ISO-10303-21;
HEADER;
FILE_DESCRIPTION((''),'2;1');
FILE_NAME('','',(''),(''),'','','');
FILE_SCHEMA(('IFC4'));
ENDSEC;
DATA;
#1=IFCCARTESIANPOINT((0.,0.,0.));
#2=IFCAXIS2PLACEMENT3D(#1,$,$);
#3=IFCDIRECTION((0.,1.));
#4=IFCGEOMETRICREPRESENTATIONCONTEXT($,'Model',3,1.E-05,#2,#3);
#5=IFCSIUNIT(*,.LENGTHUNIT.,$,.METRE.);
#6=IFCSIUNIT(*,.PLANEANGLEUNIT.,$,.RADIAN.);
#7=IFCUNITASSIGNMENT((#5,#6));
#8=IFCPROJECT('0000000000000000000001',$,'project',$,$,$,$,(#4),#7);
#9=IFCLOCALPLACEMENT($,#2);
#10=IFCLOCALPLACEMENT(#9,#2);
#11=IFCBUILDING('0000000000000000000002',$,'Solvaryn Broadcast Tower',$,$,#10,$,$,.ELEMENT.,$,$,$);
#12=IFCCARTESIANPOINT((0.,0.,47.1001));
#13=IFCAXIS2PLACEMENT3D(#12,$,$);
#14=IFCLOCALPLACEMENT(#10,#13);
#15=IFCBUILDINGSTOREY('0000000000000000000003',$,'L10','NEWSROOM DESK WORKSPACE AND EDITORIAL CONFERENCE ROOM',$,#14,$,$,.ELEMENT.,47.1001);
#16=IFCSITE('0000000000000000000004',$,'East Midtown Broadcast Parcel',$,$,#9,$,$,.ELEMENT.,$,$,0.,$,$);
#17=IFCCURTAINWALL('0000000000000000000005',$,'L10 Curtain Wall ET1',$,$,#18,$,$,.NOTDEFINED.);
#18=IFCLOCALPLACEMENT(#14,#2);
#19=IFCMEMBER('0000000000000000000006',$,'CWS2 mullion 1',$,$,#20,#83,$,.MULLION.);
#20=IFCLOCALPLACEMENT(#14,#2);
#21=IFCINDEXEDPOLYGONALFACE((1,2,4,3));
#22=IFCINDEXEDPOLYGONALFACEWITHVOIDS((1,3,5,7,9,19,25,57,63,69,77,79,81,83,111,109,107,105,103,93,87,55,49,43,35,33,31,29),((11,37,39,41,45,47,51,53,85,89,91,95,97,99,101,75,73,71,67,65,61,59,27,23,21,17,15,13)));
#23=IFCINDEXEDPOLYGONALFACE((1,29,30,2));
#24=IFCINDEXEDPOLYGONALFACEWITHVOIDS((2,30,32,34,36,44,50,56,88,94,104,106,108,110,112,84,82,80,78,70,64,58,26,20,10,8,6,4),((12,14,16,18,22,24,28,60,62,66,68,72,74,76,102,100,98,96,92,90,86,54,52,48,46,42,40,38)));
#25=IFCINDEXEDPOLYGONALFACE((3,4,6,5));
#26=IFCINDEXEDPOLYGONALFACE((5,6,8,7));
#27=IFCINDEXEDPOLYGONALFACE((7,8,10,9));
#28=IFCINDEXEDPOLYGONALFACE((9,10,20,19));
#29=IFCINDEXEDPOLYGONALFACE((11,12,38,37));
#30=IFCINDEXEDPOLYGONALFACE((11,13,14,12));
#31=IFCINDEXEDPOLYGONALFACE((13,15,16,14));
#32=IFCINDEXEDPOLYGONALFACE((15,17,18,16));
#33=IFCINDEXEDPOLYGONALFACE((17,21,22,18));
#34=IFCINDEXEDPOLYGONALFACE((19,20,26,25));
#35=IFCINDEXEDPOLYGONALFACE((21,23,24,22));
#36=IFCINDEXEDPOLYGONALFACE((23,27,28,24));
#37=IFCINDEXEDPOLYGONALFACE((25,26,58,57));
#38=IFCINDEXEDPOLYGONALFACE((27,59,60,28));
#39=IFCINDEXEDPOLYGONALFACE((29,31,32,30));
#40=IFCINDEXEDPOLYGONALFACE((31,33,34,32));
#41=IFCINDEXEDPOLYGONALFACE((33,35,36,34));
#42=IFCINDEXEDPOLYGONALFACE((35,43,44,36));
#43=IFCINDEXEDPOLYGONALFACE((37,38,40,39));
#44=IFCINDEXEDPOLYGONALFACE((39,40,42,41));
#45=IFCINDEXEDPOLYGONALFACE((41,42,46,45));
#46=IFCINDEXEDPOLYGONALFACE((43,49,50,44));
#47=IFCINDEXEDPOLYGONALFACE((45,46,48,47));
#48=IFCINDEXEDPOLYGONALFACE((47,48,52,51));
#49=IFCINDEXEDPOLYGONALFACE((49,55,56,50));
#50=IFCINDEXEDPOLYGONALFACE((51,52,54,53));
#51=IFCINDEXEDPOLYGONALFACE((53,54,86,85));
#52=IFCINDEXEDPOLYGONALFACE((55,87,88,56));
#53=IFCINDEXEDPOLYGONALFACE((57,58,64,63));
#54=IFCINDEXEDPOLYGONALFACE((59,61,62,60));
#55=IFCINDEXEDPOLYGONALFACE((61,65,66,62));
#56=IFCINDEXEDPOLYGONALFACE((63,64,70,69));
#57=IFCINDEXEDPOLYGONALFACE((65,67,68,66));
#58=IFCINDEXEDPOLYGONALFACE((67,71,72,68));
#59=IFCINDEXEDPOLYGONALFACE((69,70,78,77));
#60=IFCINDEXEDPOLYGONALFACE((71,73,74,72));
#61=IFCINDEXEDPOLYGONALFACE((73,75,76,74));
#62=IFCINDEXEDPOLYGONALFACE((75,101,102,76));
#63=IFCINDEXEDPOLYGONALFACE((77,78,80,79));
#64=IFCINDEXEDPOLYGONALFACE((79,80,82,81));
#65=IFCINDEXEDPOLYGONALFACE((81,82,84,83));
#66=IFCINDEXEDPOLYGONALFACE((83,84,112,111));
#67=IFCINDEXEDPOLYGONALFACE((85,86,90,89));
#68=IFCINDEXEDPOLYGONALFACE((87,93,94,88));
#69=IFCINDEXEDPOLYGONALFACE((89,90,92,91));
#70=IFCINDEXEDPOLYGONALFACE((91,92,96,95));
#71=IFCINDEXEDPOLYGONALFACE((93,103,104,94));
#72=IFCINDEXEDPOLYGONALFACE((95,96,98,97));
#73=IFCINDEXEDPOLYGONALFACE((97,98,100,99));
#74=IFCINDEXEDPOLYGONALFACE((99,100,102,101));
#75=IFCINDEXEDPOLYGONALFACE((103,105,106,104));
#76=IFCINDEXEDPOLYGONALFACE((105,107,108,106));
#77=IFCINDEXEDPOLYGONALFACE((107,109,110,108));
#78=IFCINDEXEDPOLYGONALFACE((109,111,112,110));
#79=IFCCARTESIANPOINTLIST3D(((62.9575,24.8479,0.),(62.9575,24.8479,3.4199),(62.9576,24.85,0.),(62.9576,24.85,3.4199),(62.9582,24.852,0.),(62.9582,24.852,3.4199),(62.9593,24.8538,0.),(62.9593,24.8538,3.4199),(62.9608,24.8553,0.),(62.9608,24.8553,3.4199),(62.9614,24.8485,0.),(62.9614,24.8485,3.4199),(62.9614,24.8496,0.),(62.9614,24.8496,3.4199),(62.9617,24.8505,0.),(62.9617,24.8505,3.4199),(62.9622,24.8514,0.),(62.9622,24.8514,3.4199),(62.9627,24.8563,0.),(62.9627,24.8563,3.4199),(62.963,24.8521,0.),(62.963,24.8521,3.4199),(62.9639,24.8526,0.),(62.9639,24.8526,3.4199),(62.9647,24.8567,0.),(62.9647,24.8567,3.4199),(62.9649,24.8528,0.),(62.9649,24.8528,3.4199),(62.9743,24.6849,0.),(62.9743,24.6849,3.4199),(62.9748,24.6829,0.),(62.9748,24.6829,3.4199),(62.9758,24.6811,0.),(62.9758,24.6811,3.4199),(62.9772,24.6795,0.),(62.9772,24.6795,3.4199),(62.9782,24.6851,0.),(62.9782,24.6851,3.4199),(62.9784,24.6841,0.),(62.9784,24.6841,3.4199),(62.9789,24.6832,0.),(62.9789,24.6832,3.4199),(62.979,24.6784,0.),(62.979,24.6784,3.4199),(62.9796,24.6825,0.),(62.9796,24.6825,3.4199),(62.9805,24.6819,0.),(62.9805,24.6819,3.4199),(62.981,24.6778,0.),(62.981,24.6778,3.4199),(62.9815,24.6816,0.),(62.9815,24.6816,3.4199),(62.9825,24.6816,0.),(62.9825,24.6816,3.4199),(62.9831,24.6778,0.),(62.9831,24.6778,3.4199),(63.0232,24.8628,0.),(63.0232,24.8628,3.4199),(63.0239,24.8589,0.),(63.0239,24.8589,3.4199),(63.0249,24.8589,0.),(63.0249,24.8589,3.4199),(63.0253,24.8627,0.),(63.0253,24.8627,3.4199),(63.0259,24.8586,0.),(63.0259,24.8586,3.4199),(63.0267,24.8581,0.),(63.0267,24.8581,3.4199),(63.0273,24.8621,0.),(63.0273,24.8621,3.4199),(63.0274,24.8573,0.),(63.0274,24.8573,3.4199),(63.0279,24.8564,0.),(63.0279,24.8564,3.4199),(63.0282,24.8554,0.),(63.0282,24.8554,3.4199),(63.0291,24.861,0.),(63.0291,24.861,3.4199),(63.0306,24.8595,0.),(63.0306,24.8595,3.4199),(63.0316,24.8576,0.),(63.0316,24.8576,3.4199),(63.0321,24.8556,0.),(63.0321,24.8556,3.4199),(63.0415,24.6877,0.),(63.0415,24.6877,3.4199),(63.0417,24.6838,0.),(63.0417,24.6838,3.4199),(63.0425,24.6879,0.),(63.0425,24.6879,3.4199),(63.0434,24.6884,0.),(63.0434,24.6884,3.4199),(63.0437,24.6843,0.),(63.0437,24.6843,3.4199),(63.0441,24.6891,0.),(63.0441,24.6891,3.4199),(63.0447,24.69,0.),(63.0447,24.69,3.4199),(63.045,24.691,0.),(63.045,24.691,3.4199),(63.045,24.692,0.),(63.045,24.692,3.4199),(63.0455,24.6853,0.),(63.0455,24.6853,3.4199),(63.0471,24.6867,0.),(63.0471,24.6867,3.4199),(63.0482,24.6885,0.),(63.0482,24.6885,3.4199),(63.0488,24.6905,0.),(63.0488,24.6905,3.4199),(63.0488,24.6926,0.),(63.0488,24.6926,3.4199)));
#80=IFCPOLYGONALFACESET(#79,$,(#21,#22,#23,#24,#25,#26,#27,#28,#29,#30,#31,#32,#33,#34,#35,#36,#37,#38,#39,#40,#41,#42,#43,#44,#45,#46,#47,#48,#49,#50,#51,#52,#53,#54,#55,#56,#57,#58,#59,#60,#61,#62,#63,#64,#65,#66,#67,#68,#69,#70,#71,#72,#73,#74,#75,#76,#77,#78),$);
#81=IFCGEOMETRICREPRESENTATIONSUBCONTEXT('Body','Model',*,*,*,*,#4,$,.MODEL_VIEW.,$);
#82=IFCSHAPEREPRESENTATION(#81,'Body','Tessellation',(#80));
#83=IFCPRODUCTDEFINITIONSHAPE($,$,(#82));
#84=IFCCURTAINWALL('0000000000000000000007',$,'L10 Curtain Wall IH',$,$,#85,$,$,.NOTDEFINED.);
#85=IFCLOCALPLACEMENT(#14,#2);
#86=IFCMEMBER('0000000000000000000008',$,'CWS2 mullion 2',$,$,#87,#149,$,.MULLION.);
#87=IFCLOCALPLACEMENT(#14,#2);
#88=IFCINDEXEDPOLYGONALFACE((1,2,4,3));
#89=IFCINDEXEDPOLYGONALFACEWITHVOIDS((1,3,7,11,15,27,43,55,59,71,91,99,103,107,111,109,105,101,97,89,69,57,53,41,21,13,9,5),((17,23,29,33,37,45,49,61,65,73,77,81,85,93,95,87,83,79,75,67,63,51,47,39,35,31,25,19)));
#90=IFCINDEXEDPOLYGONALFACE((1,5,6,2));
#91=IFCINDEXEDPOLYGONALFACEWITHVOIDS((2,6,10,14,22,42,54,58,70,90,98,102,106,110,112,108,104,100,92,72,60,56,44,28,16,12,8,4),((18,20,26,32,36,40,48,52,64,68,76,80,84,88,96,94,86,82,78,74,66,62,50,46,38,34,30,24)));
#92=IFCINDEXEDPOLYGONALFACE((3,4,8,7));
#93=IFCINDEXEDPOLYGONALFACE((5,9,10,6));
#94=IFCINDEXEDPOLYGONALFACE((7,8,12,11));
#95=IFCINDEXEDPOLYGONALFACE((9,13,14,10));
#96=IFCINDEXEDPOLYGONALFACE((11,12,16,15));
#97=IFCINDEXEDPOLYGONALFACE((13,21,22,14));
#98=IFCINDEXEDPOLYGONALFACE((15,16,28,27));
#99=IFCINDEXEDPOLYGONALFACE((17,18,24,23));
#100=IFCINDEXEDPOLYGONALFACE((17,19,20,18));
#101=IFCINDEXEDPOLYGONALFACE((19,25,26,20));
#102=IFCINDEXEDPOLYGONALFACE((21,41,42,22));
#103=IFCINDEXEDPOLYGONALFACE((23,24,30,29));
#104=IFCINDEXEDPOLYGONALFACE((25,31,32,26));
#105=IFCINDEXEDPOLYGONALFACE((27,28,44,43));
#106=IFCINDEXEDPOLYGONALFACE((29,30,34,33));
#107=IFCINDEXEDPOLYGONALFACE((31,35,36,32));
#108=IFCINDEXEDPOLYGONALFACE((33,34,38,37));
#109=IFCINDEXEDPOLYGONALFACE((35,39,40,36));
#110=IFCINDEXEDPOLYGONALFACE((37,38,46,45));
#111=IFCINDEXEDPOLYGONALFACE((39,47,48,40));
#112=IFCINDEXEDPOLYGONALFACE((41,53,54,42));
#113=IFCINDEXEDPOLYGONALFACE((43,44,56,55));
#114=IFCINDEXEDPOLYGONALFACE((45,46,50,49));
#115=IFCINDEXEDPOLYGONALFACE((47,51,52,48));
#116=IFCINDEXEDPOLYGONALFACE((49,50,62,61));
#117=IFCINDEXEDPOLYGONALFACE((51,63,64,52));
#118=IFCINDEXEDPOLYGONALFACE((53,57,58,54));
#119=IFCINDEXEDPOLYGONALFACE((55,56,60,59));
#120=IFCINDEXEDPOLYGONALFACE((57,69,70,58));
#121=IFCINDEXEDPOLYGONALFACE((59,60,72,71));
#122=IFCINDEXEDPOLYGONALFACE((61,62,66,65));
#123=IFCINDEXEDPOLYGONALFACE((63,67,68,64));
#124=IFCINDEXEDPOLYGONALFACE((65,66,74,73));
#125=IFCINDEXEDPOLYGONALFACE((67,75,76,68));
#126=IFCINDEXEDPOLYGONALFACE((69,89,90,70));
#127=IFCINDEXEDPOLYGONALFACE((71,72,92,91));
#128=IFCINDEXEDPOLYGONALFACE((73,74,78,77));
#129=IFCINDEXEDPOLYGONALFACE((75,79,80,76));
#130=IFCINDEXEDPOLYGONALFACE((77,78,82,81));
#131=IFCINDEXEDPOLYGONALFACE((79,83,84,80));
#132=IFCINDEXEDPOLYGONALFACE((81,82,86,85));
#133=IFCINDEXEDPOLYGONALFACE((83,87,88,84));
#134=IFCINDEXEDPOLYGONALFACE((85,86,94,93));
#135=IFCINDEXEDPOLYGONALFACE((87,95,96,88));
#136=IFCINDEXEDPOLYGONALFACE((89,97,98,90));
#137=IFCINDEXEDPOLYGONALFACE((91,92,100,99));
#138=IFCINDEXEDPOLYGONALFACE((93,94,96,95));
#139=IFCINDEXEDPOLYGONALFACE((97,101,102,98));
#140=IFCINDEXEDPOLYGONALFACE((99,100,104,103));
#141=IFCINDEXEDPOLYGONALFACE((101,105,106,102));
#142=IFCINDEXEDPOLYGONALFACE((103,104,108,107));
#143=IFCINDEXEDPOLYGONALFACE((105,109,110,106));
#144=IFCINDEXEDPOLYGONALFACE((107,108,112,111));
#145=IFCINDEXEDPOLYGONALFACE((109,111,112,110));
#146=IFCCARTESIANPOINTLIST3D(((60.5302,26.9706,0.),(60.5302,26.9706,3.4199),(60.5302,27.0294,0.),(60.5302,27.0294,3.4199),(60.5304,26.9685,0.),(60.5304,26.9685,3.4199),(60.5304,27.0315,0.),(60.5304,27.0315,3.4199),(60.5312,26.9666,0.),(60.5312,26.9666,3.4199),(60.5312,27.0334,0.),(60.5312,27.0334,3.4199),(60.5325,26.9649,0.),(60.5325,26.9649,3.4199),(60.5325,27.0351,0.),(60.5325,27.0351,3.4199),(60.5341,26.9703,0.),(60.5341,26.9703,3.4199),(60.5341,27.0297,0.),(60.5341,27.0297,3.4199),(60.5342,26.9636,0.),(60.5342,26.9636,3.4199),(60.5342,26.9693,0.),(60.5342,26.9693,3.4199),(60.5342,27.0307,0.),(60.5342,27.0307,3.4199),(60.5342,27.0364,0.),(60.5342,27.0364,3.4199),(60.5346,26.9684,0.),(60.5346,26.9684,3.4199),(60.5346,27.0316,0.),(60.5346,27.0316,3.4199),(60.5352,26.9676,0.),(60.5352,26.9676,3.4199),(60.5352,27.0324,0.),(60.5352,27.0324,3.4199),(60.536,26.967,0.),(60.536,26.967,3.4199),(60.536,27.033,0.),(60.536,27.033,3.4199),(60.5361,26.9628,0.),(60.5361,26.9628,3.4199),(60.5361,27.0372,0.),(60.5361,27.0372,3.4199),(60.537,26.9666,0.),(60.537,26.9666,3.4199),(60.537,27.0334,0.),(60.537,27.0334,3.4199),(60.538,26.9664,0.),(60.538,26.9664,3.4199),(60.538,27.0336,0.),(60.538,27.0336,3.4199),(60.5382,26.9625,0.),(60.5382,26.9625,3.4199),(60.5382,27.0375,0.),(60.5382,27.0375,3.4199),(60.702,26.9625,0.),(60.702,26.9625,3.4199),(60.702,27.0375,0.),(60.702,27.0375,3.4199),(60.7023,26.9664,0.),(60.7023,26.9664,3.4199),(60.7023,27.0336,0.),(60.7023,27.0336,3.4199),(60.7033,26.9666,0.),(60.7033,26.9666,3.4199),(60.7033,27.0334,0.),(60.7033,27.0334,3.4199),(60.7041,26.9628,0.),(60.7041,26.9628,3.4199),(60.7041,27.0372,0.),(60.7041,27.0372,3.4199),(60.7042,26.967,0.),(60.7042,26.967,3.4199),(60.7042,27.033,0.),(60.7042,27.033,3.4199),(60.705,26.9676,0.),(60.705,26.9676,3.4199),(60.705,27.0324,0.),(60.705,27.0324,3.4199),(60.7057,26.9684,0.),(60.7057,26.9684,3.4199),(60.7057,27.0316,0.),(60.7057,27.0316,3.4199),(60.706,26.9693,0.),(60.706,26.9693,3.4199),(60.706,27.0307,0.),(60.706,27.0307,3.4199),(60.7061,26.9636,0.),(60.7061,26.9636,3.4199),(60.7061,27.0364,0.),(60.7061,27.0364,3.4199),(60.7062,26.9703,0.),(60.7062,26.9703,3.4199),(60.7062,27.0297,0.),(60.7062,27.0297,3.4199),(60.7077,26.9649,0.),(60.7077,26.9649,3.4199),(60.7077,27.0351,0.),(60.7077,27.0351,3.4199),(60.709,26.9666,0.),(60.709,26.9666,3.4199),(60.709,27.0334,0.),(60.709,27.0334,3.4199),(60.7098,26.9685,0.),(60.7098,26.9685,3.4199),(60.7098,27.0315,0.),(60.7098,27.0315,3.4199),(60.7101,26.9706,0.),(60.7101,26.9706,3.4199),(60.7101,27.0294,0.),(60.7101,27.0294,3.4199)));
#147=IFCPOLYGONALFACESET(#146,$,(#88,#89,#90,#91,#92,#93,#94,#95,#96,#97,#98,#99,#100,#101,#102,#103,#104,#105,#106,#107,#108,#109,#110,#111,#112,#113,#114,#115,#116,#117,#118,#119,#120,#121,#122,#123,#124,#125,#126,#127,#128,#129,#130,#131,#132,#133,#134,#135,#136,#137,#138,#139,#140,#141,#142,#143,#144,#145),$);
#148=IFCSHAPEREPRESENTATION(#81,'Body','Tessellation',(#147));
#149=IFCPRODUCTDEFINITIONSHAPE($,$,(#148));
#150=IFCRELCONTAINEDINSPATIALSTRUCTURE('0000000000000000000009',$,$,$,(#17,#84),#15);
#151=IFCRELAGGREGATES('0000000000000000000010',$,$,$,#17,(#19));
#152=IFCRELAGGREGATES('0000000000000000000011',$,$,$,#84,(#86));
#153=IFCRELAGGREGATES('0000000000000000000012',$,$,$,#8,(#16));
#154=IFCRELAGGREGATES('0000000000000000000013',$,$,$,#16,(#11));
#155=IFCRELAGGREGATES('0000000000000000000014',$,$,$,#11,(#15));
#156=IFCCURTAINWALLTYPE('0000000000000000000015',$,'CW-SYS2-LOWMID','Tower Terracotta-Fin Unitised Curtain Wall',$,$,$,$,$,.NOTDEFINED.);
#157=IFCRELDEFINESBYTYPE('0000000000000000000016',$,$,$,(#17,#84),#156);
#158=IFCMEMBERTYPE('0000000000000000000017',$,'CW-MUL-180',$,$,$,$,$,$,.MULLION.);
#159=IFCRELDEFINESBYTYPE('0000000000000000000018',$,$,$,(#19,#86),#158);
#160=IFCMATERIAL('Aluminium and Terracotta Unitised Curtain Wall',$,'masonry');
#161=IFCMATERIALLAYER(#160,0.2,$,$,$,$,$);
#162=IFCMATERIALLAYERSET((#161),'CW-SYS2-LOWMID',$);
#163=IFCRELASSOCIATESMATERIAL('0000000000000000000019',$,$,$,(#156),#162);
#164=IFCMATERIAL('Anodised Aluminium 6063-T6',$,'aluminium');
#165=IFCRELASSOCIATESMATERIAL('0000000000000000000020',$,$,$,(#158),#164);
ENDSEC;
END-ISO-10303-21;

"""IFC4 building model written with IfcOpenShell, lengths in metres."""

from ifc_helpers import new_model, si_unit, direction, frame, origin, origin_2d, place, context, subcontext, project, spatial, hollow_rectangle, extrude, material, layer, layer_set, material_profile, profile_set, type_object, element, aggregate, save


model = new_model("IFC4")

# Units and contexts
model_context = context("Model", 3, precision=1e-05, world=origin(), true_north=direction((0.0, 1.0)))
body_context = subcontext(model_context, "Body", "Model", "MODEL_VIEW")
ifc_project = project(units=[si_unit("LENGTHUNIT", "METRE"), si_unit("PLANEANGLEUNIT", "RADIAN")], contexts=[model_context])

# Site, building, storey
site_placement = place(None, origin())
site = spatial("IfcSite", under=ifc_project, at=site_placement, Name="East Midtown Broadcast Parcel", CompositionType="ELEMENT", RefElevation=0.0)
building_placement = place(site_placement, origin())
building = spatial("IfcBuilding", under=site, at=building_placement, Name="Solvaryn Broadcast Tower", CompositionType="ELEMENT")
storey_placement = place(building_placement, frame((0.0, 0.0, 47.1001)))
storey = spatial("IfcBuildingStorey", under=building, at=storey_placement, Name="L10", Description="NEWSROOM DESK WORKSPACE AND EDITORIAL CONFERENCE ROOM", CompositionType="ELEMENT", Elevation=47.1001)

# Curtain walls, members
ifc_material_1 = material(Name="Aluminium and Terracotta Unitised Curtain Wall", Category="masonry")
ifc_layer_1 = layer(ifc_material_1, 0.2)
ifc_layer_set_1 = layer_set([ifc_layer_1], Name="CW-SYS2-LOWMID")
curtain_wall_type = type_object("IfcCurtainWallType", Name="CW-SYS2-LOWMID", Description="Tower Terracotta-Fin Unitised Curtain Wall", PredefinedType="NOTDEFINED", material=ifc_layer_set_1)
curtain_wall_1_placement = place(storey_placement, origin())
curtain_wall_1 = element("IfcCurtainWall", 1, at=curtain_wall_1_placement, inside=storey, type_object=curtain_wall_type, Name="L10 Curtain Wall ET1", PredefinedType="NOTDEFINED")
ifc_material_2 = material(Name="Anodised Aluminium 6063-T6", Category="aluminium")
ifc_material_profile_1 = material_profile(ifc_material_2, hollow_rectangle(XDim=0.075, YDim=0.1799, WallThickness=0.0039, InnerFilletRadius=0.0039, OuterFilletRadius=0.0081, at=origin_2d()))
ifc_profile_set_1 = profile_set([ifc_material_profile_1], Name="Anodised Aluminium 6063-T6")
member_type_1 = type_object("IfcMemberType", Name="CW-MUL-180", PredefinedType="MULLION", material=ifc_profile_set_1)
member_1_placement = place(storey_placement, frame((63.0032, 24.7703, 0.0), z_axis=(0.0, 0.0, 1.0), x_axis=(0.994743, 0.1024, 0.0)))
member_1 = element("IfcMember", 2, at=member_1_placement, type_object=member_type_1, Name="CWS2 mullion 1", PredefinedType="MULLION", context=body_context, shape_type="SweptSolid", body=[
    extrude(hollow_rectangle(XDim=0.075, YDim=0.1799, WallThickness=0.0039, InnerFilletRadius=0.0039, OuterFilletRadius=0.0081, at=origin_2d()), origin(), (0.0, 0.0, 1.0), 3.4199),
])
curtain_wall_2_placement = place(storey_placement, origin())
curtain_wall_2 = element("IfcCurtainWall", 3, at=curtain_wall_2_placement, inside=storey, type_object=curtain_wall_type, Name="L10 Curtain Wall IH", PredefinedType="NOTDEFINED")
member_2_placement = place(storey_placement, frame((60.6201, 27.0, 0.0), z_axis=(0.0, 0.0, 1.0), x_axis=(0.0, 1.0, 0.0)))
member_2 = element("IfcMember", 4, at=member_2_placement, type_object=member_type_1, Name="CWS2 mullion 2", PredefinedType="MULLION", context=body_context, shape_type="SweptSolid", body=[
    extrude(hollow_rectangle(XDim=0.075, YDim=0.1799, WallThickness=0.0039, InnerFilletRadius=0.0039, OuterFilletRadius=0.0081, at=origin_2d()), origin(), (0.0, 0.0, 1.0), 3.4199),
])

aggregate(curtain_wall_1, [member_1])
aggregate(curtain_wall_2, [member_2])

save(model, "model.ifc")
